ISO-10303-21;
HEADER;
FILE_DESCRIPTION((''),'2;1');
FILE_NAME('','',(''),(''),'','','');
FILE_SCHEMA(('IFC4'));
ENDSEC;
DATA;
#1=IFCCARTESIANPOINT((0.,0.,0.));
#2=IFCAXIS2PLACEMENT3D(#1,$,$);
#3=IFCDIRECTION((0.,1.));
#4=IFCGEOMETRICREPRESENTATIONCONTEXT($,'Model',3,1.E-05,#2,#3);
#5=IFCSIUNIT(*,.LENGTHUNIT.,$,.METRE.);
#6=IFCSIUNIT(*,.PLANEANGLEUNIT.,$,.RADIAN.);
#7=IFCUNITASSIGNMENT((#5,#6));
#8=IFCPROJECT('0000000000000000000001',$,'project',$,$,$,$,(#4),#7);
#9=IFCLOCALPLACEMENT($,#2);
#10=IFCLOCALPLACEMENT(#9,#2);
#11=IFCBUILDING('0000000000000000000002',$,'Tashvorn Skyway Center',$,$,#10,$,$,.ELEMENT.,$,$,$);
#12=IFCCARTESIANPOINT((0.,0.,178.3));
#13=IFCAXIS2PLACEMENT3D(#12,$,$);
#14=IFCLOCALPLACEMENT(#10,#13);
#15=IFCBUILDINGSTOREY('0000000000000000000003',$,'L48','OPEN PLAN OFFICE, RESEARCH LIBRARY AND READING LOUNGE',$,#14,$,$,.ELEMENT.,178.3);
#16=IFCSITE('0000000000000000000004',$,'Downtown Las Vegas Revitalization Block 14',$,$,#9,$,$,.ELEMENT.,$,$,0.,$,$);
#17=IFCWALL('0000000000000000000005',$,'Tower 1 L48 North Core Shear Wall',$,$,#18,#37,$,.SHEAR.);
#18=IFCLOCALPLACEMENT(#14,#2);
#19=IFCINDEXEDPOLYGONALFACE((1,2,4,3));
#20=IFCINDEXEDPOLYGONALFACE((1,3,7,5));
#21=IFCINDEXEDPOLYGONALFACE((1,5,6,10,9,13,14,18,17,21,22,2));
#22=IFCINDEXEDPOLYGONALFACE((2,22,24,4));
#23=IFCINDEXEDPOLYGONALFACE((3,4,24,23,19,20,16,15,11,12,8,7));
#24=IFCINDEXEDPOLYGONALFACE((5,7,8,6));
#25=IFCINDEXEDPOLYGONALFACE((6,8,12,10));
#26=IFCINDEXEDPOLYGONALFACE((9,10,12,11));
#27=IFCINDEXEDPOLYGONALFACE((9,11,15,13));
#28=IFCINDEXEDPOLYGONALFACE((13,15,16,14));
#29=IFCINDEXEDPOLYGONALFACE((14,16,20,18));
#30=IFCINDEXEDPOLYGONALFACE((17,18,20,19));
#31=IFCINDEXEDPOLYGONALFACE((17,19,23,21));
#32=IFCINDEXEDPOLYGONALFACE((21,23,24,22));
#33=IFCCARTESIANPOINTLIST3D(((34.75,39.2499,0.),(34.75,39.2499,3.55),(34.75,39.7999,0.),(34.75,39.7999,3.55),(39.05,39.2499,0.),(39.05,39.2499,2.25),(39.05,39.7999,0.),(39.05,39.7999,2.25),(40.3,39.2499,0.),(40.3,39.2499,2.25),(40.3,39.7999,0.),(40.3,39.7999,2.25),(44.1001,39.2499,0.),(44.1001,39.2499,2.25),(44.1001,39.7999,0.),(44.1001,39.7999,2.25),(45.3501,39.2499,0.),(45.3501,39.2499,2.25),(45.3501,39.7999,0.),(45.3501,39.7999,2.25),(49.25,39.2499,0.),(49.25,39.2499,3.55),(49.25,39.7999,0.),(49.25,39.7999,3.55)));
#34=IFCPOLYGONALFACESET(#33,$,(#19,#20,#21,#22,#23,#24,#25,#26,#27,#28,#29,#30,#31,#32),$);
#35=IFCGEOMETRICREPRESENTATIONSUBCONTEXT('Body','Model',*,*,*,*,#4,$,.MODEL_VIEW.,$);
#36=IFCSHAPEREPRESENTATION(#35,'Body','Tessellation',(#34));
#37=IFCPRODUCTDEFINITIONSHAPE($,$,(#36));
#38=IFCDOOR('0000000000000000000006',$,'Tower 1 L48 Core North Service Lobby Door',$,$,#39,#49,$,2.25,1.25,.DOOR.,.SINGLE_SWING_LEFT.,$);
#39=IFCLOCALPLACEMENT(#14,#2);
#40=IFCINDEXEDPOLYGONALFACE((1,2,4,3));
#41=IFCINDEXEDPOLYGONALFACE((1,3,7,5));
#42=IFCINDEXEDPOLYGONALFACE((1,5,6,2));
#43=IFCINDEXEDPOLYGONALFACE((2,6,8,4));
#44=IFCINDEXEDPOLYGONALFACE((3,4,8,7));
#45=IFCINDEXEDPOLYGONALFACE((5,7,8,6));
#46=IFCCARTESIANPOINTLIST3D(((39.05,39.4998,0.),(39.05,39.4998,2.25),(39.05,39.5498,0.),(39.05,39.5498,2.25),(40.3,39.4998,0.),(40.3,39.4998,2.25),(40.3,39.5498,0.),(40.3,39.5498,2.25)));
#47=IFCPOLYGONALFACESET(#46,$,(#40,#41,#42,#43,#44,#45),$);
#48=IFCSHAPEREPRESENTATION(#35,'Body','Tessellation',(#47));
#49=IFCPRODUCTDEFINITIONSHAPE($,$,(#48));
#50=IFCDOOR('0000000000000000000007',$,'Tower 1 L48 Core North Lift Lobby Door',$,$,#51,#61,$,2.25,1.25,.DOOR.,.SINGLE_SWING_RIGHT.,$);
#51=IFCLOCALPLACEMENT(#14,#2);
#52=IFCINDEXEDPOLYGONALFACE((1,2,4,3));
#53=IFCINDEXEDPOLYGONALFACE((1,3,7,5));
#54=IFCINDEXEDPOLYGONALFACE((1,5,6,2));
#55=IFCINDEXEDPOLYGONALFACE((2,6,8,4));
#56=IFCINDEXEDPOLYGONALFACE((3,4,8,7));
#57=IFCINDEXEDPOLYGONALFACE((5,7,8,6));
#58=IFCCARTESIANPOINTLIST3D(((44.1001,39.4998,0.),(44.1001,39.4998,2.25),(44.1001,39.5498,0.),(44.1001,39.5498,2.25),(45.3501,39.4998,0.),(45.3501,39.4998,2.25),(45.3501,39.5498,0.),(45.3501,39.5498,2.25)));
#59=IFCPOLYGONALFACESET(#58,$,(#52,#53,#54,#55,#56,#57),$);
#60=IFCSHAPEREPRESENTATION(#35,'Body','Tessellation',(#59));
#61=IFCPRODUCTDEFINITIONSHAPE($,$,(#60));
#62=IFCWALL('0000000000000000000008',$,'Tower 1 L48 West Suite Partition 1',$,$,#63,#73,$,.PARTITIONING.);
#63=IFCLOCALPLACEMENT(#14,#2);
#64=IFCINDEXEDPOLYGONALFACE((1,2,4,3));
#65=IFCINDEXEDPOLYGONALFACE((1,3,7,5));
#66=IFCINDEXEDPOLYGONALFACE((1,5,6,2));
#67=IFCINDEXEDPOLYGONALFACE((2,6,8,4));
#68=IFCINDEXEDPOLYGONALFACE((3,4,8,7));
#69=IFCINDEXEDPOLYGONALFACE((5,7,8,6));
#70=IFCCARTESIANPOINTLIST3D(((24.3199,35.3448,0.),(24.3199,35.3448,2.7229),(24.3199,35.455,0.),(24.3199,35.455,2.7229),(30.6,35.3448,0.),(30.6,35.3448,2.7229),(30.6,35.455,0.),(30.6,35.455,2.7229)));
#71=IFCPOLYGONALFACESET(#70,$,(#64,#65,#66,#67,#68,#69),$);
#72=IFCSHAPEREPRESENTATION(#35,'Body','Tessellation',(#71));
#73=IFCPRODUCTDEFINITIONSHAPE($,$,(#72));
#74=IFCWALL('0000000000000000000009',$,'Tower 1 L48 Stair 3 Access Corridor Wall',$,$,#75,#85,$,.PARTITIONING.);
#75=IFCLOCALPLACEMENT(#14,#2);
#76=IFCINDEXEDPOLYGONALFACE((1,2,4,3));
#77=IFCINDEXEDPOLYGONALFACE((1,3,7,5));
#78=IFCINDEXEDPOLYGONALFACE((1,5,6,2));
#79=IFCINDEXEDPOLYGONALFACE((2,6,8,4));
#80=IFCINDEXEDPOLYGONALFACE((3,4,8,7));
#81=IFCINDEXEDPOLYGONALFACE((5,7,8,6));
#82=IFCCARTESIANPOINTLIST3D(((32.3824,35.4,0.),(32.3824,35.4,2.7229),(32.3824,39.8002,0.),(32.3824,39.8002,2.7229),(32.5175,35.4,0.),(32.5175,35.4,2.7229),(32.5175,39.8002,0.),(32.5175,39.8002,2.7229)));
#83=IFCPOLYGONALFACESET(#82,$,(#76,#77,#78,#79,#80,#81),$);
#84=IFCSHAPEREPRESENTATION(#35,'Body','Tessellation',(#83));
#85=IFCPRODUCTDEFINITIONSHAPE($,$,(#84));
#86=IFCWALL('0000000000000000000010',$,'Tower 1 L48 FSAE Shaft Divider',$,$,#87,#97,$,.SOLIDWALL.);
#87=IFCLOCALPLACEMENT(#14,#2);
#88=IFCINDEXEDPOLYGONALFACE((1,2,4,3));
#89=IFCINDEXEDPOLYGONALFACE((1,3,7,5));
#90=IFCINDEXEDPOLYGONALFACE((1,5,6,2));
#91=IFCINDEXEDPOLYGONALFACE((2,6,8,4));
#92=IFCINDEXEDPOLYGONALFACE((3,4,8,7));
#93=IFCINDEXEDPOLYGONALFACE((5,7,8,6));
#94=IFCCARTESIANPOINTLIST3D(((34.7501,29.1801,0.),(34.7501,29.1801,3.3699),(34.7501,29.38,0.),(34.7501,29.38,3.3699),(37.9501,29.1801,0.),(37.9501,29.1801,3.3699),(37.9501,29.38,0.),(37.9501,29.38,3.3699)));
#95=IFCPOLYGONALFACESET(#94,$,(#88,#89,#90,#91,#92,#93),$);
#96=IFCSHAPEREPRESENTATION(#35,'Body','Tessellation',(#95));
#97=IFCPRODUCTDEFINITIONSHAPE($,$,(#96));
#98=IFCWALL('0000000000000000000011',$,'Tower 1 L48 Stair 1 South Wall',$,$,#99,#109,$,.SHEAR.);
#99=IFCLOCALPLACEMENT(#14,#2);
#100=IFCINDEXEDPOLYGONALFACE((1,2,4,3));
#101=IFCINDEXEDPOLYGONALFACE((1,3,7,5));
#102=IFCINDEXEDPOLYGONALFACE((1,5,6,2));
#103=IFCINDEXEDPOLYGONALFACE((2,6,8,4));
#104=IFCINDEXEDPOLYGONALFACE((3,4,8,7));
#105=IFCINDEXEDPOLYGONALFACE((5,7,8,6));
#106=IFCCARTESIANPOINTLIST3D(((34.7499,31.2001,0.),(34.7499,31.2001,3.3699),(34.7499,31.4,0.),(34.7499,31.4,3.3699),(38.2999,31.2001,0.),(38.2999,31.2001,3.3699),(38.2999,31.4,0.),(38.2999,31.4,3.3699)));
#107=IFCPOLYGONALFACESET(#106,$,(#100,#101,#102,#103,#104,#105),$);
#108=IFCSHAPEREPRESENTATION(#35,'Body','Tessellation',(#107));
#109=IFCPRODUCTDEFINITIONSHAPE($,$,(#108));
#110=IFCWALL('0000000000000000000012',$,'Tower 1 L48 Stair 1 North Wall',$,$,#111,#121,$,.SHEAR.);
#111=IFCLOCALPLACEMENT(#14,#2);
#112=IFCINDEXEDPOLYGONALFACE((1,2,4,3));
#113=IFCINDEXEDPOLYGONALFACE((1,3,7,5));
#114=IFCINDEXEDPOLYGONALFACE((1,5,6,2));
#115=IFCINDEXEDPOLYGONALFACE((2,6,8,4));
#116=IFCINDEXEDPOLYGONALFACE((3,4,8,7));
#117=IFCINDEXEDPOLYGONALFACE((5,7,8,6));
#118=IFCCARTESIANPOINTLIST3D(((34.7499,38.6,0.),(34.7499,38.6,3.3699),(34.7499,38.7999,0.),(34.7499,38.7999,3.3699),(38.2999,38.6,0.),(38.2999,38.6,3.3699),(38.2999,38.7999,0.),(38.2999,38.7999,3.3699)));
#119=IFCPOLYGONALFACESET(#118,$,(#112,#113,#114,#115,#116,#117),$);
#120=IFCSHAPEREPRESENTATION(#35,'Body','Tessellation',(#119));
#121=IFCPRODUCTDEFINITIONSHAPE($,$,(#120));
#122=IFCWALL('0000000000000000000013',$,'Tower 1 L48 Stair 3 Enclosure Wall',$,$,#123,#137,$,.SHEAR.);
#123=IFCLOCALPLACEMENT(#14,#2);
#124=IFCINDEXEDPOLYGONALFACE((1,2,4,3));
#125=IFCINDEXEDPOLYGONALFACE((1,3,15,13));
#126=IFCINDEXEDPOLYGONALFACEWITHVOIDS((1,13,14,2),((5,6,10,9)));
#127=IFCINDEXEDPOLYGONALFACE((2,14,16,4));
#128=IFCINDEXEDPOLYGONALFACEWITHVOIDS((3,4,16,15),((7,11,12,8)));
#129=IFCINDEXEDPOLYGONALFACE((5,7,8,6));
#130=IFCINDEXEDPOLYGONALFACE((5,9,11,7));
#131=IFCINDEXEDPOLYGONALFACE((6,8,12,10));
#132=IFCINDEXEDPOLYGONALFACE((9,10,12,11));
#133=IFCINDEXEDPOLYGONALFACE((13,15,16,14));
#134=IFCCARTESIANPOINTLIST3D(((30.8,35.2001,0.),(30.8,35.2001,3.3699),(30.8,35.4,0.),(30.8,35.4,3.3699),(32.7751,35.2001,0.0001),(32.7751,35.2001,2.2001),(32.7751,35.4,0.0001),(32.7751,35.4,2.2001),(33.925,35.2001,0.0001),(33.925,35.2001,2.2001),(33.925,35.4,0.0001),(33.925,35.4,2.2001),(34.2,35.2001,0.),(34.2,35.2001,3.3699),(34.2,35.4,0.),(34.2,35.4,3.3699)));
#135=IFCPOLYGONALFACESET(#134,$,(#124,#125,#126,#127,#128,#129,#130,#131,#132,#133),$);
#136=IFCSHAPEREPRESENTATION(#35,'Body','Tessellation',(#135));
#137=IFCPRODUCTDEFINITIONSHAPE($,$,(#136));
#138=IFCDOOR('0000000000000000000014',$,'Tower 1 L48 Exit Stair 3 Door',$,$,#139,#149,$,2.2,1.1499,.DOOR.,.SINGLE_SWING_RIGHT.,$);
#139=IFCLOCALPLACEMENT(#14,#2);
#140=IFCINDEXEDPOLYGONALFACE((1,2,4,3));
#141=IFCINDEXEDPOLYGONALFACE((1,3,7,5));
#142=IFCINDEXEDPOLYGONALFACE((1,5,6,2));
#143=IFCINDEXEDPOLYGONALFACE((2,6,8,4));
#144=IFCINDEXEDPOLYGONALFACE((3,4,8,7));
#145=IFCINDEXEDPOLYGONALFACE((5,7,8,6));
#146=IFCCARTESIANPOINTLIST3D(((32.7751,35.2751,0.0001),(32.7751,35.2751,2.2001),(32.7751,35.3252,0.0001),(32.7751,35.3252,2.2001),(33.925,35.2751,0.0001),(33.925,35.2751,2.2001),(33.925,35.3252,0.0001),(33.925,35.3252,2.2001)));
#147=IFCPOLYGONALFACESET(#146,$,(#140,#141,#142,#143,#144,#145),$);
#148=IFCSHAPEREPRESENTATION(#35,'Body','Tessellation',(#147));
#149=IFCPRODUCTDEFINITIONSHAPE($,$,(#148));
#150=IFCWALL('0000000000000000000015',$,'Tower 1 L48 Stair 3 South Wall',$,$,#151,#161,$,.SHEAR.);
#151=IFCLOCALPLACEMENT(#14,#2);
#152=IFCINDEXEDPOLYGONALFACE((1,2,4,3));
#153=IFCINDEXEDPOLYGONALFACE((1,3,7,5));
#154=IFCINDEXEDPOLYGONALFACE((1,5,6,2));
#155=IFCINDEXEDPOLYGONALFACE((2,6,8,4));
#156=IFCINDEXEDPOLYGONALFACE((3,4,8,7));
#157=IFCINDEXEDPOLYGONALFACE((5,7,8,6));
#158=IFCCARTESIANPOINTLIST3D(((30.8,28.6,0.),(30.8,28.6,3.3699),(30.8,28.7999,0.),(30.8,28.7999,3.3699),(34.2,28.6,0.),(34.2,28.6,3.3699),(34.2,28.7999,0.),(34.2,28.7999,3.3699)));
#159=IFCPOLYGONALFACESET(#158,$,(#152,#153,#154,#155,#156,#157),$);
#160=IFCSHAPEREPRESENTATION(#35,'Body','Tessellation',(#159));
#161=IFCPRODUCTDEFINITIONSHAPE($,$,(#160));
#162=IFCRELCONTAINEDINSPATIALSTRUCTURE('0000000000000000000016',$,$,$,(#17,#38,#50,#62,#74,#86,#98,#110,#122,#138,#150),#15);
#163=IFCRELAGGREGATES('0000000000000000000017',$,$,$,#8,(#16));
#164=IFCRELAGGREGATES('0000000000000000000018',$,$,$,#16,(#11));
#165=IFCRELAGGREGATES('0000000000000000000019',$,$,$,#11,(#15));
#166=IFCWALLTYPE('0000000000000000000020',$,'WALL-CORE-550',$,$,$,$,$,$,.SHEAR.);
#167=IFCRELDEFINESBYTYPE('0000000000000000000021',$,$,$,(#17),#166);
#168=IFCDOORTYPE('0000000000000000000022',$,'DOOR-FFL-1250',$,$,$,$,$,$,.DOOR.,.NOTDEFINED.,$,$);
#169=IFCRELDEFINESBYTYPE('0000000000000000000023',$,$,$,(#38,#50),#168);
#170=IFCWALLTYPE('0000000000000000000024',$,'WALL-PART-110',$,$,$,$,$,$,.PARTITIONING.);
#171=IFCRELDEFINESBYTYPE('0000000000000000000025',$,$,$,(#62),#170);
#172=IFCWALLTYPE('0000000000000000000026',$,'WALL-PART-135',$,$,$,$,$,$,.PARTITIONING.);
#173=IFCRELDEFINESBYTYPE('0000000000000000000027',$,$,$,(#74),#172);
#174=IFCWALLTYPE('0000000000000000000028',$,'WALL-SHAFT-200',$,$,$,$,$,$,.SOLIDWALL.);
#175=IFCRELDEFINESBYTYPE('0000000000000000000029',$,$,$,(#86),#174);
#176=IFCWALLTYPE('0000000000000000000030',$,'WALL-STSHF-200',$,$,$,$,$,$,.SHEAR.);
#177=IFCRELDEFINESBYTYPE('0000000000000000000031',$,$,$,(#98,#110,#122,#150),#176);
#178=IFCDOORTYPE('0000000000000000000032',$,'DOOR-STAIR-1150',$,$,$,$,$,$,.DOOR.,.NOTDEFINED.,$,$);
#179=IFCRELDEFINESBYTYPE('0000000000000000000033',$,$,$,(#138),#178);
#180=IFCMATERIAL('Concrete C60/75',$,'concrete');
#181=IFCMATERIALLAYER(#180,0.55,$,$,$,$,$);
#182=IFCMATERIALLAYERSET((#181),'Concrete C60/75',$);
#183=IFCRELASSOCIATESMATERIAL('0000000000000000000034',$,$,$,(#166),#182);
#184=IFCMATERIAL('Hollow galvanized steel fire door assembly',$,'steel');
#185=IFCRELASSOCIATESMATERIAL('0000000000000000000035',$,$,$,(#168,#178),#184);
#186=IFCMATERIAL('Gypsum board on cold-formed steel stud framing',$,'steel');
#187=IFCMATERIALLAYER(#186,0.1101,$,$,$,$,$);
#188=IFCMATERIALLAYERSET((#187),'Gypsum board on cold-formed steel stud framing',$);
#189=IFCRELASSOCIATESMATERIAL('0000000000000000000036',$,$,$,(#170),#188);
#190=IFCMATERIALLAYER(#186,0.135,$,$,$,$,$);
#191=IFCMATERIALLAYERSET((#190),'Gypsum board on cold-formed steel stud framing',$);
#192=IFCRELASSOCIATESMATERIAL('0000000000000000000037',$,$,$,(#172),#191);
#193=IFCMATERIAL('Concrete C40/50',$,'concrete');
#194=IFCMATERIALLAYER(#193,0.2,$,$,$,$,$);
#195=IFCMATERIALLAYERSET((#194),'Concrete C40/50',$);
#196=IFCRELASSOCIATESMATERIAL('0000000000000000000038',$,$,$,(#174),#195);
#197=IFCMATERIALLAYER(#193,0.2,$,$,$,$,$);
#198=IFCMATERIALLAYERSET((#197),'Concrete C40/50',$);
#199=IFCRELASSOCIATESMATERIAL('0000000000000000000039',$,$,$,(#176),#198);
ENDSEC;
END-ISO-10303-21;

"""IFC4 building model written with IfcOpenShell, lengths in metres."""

from ifc_helpers import new_model, si_unit, direction, frame, frame_2d, origin, place, context, subcontext, project, spatial, rectangle, extrude, material, layer, layer_set, type_object, element, fill, save


model = new_model("IFC4")

# Units and contexts
model_context = context("Model", 3, precision=1e-05, world=origin(), true_north=direction((0.0, 1.0)))
body_context = subcontext(model_context, "Body", "Model", "MODEL_VIEW")
ifc_project = project(units=[si_unit("LENGTHUNIT", "METRE"), si_unit("PLANEANGLEUNIT", "RADIAN")], contexts=[model_context])

# Site, building, storey
site_placement = place(None, origin())
site = spatial("IfcSite", under=ifc_project, at=site_placement, Name="Downtown Las Vegas Revitalization Block 14", CompositionType="ELEMENT", RefElevation=0.0)
building_placement = place(site_placement, origin())
building = spatial("IfcBuilding", under=site, at=building_placement, Name="Tashvorn Skyway Center", CompositionType="ELEMENT")
storey_placement = place(building_placement, frame((0.0, 0.0, 178.3)))
storey = spatial("IfcBuildingStorey", under=building, at=storey_placement, Name="L48", Description="OPEN PLAN OFFICE, RESEARCH LIBRARY AND READING LOUNGE", CompositionType="ELEMENT", Elevation=178.3)

# Wall, openings, doors
ifc_material_1 = material(Name="Concrete C60/75", Category="concrete")
ifc_layer_1 = layer(ifc_material_1, 0.55)
ifc_layer_set_1 = layer_set([ifc_layer_1], Name="Concrete C60/75")
wall_type_1 = type_object("IfcWallType", Name="WALL-CORE-550", PredefinedType="SHEAR", material=ifc_layer_set_1)
wall_1_placement = place(storey_placement, frame((34.75, 39.5249, 0.0), z_axis=(0.0, 0.0, 1.0), x_axis=(1.0, 0.0, 0.0)))
wall_1 = element("IfcWall", 1, at=wall_1_placement, inside=storey, type_object=wall_type_1, Name="Tower 1 L48 North Core Shear Wall", PredefinedType="SHEAR", context=body_context, shape_type="SweptSolid", body=[
    extrude(rectangle(XDim=14.5, YDim=0.55, at=frame_2d((7.25, 0.0))), origin(), (0.0, 0.0, 1.0), 3.55),
])
opening_1_placement = place(wall_1_placement, frame((4.3, 0.0, 0.0)))
opening_1 = element("IfcOpeningElement", 2, at=opening_1_placement, cuts=wall_1, PredefinedType="OPENING", context=body_context, shape_type="SweptSolid", body=[
    extrude(rectangle(XDim=1.25, YDim=2.25, at=frame_2d((0.625, 1.125))), frame((0.0, 0.2849, 0.0), z_axis=(0.0, -1.0, 0.0), x_axis=(1.0, 0.0, 0.0)), (0.0, 0.0, 1.0), 0.5701),
])
opening_2_placement = place(wall_1_placement, frame((9.3501, 0.0, 0.0)))
opening_2 = element("IfcOpeningElement", 3, at=opening_2_placement, cuts=wall_1, PredefinedType="OPENING", context=body_context, shape_type="SweptSolid", body=[
    extrude(rectangle(XDim=1.25, YDim=2.25, at=frame_2d((0.625, 1.125))), frame((0.0, 0.2849, 0.0), z_axis=(0.0, -1.0, 0.0), x_axis=(1.0, 0.0, 0.0)), (0.0, 0.0, 1.0), 0.5701),
])
ifc_material_2 = material(Name="Hollow galvanized steel fire door assembly", Category="steel")
door_type_1 = type_object("IfcDoorType", Name="DOOR-FFL-1250", OperationType="NOTDEFINED", PredefinedType="DOOR", material=ifc_material_2)
door_1_placement = place(opening_1_placement, origin())
door_1 = element("IfcDoor", 4, at=door_1_placement, inside=storey, type_object=door_type_1, Name="Tower 1 L48 Core North Service Lobby Door", OperationType="SINGLE_SWING_LEFT", OverallHeight=2.25, OverallWidth=1.25, PredefinedType="DOOR", context=body_context, shape_type="SweptSolid", body=[
    extrude(rectangle(XDim=1.25, YDim=2.25, at=frame_2d((0.625, 1.125))), frame((0.0, 0.0249, 0.0), z_axis=(0.0, -1.0, 0.0), x_axis=(1.0, 0.0, 0.0)), (0.0, 0.0, 1.0), 0.05),
])
fill(opening_1, door_1)
door_2_placement = place(opening_2_placement, origin())
door_2 = element("IfcDoor", 5, at=door_2_placement, inside=storey, type_object=door_type_1, Name="Tower 1 L48 Core North Lift Lobby Door", OperationType="SINGLE_SWING_RIGHT", OverallHeight=2.25, OverallWidth=1.25, PredefinedType="DOOR", context=body_context, shape_type="SweptSolid", body=[
    extrude(rectangle(XDim=1.25, YDim=2.25, at=frame_2d((0.625, 1.125))), frame((0.0, 0.0249, 0.0), z_axis=(0.0, -1.0, 0.0), x_axis=(1.0, 0.0, 0.0)), (0.0, 0.0, 1.0), 0.05),
])
fill(opening_2, door_2)

# Walls
ifc_material_3 = material(Name="Gypsum board on cold-formed steel stud framing", Category="steel")
ifc_layer_2 = layer(ifc_material_3, 0.1101)
ifc_layer_set_2 = layer_set([ifc_layer_2], Name="Gypsum board on cold-formed steel stud framing")
wall_type_2 = type_object("IfcWallType", Name="WALL-PART-110", PredefinedType="PARTITIONING", material=ifc_layer_set_2)
wall_2_placement = place(storey_placement, frame((30.6001, 35.3999, 0.0), z_axis=(0.0, 0.0, 1.0), x_axis=(-1.0, 0.0, 0.0)))
element("IfcWall", 6, at=wall_2_placement, inside=storey, type_object=wall_type_2, Name="Tower 1 L48 West Suite Partition 1", PredefinedType="PARTITIONING", context=body_context, shape_type="SweptSolid", body=[
    extrude(rectangle(XDim=6.28, YDim=0.1101, at=frame_2d((3.1401, 0.0))), origin(), (0.0, 0.0, 1.0), 2.7229),
])
ifc_layer_3 = layer(ifc_material_3, 0.135)
ifc_layer_set_3 = layer_set([ifc_layer_3], Name="Gypsum board on cold-formed steel stud framing")
wall_type_3 = type_object("IfcWallType", Name="WALL-PART-135", PredefinedType="PARTITIONING", material=ifc_layer_set_3)
wall_3_placement = place(storey_placement, frame((32.45, 35.3999, 0.0), z_axis=(0.0, 0.0, 1.0), x_axis=(0.0, 1.0, 0.0)))
element("IfcWall", 7, at=wall_3_placement, inside=storey, type_object=wall_type_3, Name="Tower 1 L48 Stair 3 Access Corridor Wall", PredefinedType="PARTITIONING", context=body_context, shape_type="SweptSolid", body=[
    extrude(rectangle(XDim=4.4001, YDim=0.135, at=frame_2d((2.2002, 0.0))), origin(), (0.0, 0.0, 1.0), 2.7229),
])
ifc_material_4 = material(Name="Concrete C40/50", Category="concrete")
ifc_layer_4 = layer(ifc_material_4, 0.2)
ifc_layer_set_4 = layer_set([ifc_layer_4], Name="Concrete C40/50")
wall_type_4 = type_object("IfcWallType", Name="WALL-SHAFT-200", PredefinedType="SOLIDWALL", material=ifc_layer_set_4)
wall_4_placement = place(storey_placement, frame((34.75, 29.28, 0.0), z_axis=(0.0, 0.0, 1.0), x_axis=(1.0, 0.0, 0.0)))
element("IfcWall", 8, at=wall_4_placement, inside=storey, type_object=wall_type_4, Name="Tower 1 L48 FSAE Shaft Divider", PredefinedType="SOLIDWALL", context=body_context, shape_type="SweptSolid", body=[
    extrude(rectangle(XDim=3.2, YDim=0.2, at=frame_2d((1.6001, 0.0))), origin(), (0.0, 0.0, 1.0), 3.3699),
])
ifc_layer_5 = layer(ifc_material_4, 0.2)
ifc_layer_set_5 = layer_set([ifc_layer_5], Name="Concrete C40/50")
wall_type_5 = type_object("IfcWallType", Name="WALL-STSHF-200", PredefinedType="SHEAR", material=ifc_layer_set_5)
for number, where, z_axis, x_axis, name in (
    (9, (34.75, 31.3, 0.0), (0.0, 0.0, 1.0), (1.0, 0.0, 0.0), "Tower 1 L48 Stair 1 South Wall"),
    (10, (34.75, 38.7, 0.0), (0.0, 0.0, 1.0), (1.0, 0.0, 0.0), "Tower 1 L48 Stair 1 North Wall"),
):
    element("IfcWall", number, at=place(storey_placement, frame(where, z_axis=z_axis, x_axis=x_axis)), inside=storey, type_object=wall_type_5, Name=name, PredefinedType="SHEAR", context=body_context, shape_type="SweptSolid", body=[
        extrude(rectangle(XDim=3.55, YDim=0.2, at=frame_2d((1.7749, 0.0))), origin(), (0.0, 0.0, 1.0), 3.3699),
    ])

# Wall, opening, door
wall_5_placement = place(storey_placement, frame((34.2, 35.3, 0.0), z_axis=(0.0, 0.0, 1.0), x_axis=(-1.0, 0.0, 0.0)))
wall_5 = element("IfcWall", 11, at=wall_5_placement, inside=storey, type_object=wall_type_5, Name="Tower 1 L48 Stair 3 Enclosure Wall", PredefinedType="SHEAR", context=body_context, shape_type="SweptSolid", body=[
    extrude(rectangle(XDim=3.3999, YDim=0.2, at=frame_2d((1.7, 0.0))), origin(), (0.0, 0.0, 1.0), 3.3699),
])
opening_3_placement = place(wall_5_placement, frame((0.2749, 0.0, 0.0)))
opening_3 = element("IfcOpeningElement", 12, at=opening_3_placement, cuts=wall_5, PredefinedType="OPENING", context=body_context, shape_type="SweptSolid", body=[
    extrude(rectangle(XDim=1.1499, YDim=2.2, at=frame_2d((0.575, 1.1001))), frame((0.0, 0.1099, 0.0), z_axis=(0.0, -1.0, 0.0), x_axis=(1.0, 0.0, 0.0)), (0.0, 0.0, 1.0), 0.22),
])
door_type_2 = type_object("IfcDoorType", Name="DOOR-STAIR-1150", OperationType="NOTDEFINED", PredefinedType="DOOR", material=ifc_material_2)
door_3_placement = place(opening_3_placement, origin())
door_3 = element("IfcDoor", 13, at=door_3_placement, inside=storey, type_object=door_type_2, Name="Tower 1 L48 Exit Stair 3 Door", OperationType="SINGLE_SWING_RIGHT", OverallHeight=2.2, OverallWidth=1.1499, PredefinedType="DOOR", context=body_context, shape_type="SweptSolid", body=[
    extrude(rectangle(XDim=1.1499, YDim=2.2, at=frame_2d((0.575, 1.1001))), frame((0.0, 0.0249, 0.0), z_axis=(0.0, -1.0, 0.0), x_axis=(1.0, 0.0, 0.0)), (0.0, 0.0, 1.0), 0.05),
])
fill(opening_3, door_3)

# Wall
wall_6_placement = place(storey_placement, frame((30.8, 28.7, 0.0), z_axis=(0.0, 0.0, 1.0), x_axis=(1.0, 0.0, 0.0)))
element("IfcWall", 14, at=wall_6_placement, inside=storey, type_object=wall_type_5, Name="Tower 1 L48 Stair 3 South Wall", PredefinedType="SHEAR", context=body_context, shape_type="SweptSolid", body=[
    extrude(rectangle(XDim=3.3999, YDim=0.2, at=frame_2d((1.7, 0.0))), origin(), (0.0, 0.0, 1.0), 3.3699),
])

save(model, "model.ifc")
